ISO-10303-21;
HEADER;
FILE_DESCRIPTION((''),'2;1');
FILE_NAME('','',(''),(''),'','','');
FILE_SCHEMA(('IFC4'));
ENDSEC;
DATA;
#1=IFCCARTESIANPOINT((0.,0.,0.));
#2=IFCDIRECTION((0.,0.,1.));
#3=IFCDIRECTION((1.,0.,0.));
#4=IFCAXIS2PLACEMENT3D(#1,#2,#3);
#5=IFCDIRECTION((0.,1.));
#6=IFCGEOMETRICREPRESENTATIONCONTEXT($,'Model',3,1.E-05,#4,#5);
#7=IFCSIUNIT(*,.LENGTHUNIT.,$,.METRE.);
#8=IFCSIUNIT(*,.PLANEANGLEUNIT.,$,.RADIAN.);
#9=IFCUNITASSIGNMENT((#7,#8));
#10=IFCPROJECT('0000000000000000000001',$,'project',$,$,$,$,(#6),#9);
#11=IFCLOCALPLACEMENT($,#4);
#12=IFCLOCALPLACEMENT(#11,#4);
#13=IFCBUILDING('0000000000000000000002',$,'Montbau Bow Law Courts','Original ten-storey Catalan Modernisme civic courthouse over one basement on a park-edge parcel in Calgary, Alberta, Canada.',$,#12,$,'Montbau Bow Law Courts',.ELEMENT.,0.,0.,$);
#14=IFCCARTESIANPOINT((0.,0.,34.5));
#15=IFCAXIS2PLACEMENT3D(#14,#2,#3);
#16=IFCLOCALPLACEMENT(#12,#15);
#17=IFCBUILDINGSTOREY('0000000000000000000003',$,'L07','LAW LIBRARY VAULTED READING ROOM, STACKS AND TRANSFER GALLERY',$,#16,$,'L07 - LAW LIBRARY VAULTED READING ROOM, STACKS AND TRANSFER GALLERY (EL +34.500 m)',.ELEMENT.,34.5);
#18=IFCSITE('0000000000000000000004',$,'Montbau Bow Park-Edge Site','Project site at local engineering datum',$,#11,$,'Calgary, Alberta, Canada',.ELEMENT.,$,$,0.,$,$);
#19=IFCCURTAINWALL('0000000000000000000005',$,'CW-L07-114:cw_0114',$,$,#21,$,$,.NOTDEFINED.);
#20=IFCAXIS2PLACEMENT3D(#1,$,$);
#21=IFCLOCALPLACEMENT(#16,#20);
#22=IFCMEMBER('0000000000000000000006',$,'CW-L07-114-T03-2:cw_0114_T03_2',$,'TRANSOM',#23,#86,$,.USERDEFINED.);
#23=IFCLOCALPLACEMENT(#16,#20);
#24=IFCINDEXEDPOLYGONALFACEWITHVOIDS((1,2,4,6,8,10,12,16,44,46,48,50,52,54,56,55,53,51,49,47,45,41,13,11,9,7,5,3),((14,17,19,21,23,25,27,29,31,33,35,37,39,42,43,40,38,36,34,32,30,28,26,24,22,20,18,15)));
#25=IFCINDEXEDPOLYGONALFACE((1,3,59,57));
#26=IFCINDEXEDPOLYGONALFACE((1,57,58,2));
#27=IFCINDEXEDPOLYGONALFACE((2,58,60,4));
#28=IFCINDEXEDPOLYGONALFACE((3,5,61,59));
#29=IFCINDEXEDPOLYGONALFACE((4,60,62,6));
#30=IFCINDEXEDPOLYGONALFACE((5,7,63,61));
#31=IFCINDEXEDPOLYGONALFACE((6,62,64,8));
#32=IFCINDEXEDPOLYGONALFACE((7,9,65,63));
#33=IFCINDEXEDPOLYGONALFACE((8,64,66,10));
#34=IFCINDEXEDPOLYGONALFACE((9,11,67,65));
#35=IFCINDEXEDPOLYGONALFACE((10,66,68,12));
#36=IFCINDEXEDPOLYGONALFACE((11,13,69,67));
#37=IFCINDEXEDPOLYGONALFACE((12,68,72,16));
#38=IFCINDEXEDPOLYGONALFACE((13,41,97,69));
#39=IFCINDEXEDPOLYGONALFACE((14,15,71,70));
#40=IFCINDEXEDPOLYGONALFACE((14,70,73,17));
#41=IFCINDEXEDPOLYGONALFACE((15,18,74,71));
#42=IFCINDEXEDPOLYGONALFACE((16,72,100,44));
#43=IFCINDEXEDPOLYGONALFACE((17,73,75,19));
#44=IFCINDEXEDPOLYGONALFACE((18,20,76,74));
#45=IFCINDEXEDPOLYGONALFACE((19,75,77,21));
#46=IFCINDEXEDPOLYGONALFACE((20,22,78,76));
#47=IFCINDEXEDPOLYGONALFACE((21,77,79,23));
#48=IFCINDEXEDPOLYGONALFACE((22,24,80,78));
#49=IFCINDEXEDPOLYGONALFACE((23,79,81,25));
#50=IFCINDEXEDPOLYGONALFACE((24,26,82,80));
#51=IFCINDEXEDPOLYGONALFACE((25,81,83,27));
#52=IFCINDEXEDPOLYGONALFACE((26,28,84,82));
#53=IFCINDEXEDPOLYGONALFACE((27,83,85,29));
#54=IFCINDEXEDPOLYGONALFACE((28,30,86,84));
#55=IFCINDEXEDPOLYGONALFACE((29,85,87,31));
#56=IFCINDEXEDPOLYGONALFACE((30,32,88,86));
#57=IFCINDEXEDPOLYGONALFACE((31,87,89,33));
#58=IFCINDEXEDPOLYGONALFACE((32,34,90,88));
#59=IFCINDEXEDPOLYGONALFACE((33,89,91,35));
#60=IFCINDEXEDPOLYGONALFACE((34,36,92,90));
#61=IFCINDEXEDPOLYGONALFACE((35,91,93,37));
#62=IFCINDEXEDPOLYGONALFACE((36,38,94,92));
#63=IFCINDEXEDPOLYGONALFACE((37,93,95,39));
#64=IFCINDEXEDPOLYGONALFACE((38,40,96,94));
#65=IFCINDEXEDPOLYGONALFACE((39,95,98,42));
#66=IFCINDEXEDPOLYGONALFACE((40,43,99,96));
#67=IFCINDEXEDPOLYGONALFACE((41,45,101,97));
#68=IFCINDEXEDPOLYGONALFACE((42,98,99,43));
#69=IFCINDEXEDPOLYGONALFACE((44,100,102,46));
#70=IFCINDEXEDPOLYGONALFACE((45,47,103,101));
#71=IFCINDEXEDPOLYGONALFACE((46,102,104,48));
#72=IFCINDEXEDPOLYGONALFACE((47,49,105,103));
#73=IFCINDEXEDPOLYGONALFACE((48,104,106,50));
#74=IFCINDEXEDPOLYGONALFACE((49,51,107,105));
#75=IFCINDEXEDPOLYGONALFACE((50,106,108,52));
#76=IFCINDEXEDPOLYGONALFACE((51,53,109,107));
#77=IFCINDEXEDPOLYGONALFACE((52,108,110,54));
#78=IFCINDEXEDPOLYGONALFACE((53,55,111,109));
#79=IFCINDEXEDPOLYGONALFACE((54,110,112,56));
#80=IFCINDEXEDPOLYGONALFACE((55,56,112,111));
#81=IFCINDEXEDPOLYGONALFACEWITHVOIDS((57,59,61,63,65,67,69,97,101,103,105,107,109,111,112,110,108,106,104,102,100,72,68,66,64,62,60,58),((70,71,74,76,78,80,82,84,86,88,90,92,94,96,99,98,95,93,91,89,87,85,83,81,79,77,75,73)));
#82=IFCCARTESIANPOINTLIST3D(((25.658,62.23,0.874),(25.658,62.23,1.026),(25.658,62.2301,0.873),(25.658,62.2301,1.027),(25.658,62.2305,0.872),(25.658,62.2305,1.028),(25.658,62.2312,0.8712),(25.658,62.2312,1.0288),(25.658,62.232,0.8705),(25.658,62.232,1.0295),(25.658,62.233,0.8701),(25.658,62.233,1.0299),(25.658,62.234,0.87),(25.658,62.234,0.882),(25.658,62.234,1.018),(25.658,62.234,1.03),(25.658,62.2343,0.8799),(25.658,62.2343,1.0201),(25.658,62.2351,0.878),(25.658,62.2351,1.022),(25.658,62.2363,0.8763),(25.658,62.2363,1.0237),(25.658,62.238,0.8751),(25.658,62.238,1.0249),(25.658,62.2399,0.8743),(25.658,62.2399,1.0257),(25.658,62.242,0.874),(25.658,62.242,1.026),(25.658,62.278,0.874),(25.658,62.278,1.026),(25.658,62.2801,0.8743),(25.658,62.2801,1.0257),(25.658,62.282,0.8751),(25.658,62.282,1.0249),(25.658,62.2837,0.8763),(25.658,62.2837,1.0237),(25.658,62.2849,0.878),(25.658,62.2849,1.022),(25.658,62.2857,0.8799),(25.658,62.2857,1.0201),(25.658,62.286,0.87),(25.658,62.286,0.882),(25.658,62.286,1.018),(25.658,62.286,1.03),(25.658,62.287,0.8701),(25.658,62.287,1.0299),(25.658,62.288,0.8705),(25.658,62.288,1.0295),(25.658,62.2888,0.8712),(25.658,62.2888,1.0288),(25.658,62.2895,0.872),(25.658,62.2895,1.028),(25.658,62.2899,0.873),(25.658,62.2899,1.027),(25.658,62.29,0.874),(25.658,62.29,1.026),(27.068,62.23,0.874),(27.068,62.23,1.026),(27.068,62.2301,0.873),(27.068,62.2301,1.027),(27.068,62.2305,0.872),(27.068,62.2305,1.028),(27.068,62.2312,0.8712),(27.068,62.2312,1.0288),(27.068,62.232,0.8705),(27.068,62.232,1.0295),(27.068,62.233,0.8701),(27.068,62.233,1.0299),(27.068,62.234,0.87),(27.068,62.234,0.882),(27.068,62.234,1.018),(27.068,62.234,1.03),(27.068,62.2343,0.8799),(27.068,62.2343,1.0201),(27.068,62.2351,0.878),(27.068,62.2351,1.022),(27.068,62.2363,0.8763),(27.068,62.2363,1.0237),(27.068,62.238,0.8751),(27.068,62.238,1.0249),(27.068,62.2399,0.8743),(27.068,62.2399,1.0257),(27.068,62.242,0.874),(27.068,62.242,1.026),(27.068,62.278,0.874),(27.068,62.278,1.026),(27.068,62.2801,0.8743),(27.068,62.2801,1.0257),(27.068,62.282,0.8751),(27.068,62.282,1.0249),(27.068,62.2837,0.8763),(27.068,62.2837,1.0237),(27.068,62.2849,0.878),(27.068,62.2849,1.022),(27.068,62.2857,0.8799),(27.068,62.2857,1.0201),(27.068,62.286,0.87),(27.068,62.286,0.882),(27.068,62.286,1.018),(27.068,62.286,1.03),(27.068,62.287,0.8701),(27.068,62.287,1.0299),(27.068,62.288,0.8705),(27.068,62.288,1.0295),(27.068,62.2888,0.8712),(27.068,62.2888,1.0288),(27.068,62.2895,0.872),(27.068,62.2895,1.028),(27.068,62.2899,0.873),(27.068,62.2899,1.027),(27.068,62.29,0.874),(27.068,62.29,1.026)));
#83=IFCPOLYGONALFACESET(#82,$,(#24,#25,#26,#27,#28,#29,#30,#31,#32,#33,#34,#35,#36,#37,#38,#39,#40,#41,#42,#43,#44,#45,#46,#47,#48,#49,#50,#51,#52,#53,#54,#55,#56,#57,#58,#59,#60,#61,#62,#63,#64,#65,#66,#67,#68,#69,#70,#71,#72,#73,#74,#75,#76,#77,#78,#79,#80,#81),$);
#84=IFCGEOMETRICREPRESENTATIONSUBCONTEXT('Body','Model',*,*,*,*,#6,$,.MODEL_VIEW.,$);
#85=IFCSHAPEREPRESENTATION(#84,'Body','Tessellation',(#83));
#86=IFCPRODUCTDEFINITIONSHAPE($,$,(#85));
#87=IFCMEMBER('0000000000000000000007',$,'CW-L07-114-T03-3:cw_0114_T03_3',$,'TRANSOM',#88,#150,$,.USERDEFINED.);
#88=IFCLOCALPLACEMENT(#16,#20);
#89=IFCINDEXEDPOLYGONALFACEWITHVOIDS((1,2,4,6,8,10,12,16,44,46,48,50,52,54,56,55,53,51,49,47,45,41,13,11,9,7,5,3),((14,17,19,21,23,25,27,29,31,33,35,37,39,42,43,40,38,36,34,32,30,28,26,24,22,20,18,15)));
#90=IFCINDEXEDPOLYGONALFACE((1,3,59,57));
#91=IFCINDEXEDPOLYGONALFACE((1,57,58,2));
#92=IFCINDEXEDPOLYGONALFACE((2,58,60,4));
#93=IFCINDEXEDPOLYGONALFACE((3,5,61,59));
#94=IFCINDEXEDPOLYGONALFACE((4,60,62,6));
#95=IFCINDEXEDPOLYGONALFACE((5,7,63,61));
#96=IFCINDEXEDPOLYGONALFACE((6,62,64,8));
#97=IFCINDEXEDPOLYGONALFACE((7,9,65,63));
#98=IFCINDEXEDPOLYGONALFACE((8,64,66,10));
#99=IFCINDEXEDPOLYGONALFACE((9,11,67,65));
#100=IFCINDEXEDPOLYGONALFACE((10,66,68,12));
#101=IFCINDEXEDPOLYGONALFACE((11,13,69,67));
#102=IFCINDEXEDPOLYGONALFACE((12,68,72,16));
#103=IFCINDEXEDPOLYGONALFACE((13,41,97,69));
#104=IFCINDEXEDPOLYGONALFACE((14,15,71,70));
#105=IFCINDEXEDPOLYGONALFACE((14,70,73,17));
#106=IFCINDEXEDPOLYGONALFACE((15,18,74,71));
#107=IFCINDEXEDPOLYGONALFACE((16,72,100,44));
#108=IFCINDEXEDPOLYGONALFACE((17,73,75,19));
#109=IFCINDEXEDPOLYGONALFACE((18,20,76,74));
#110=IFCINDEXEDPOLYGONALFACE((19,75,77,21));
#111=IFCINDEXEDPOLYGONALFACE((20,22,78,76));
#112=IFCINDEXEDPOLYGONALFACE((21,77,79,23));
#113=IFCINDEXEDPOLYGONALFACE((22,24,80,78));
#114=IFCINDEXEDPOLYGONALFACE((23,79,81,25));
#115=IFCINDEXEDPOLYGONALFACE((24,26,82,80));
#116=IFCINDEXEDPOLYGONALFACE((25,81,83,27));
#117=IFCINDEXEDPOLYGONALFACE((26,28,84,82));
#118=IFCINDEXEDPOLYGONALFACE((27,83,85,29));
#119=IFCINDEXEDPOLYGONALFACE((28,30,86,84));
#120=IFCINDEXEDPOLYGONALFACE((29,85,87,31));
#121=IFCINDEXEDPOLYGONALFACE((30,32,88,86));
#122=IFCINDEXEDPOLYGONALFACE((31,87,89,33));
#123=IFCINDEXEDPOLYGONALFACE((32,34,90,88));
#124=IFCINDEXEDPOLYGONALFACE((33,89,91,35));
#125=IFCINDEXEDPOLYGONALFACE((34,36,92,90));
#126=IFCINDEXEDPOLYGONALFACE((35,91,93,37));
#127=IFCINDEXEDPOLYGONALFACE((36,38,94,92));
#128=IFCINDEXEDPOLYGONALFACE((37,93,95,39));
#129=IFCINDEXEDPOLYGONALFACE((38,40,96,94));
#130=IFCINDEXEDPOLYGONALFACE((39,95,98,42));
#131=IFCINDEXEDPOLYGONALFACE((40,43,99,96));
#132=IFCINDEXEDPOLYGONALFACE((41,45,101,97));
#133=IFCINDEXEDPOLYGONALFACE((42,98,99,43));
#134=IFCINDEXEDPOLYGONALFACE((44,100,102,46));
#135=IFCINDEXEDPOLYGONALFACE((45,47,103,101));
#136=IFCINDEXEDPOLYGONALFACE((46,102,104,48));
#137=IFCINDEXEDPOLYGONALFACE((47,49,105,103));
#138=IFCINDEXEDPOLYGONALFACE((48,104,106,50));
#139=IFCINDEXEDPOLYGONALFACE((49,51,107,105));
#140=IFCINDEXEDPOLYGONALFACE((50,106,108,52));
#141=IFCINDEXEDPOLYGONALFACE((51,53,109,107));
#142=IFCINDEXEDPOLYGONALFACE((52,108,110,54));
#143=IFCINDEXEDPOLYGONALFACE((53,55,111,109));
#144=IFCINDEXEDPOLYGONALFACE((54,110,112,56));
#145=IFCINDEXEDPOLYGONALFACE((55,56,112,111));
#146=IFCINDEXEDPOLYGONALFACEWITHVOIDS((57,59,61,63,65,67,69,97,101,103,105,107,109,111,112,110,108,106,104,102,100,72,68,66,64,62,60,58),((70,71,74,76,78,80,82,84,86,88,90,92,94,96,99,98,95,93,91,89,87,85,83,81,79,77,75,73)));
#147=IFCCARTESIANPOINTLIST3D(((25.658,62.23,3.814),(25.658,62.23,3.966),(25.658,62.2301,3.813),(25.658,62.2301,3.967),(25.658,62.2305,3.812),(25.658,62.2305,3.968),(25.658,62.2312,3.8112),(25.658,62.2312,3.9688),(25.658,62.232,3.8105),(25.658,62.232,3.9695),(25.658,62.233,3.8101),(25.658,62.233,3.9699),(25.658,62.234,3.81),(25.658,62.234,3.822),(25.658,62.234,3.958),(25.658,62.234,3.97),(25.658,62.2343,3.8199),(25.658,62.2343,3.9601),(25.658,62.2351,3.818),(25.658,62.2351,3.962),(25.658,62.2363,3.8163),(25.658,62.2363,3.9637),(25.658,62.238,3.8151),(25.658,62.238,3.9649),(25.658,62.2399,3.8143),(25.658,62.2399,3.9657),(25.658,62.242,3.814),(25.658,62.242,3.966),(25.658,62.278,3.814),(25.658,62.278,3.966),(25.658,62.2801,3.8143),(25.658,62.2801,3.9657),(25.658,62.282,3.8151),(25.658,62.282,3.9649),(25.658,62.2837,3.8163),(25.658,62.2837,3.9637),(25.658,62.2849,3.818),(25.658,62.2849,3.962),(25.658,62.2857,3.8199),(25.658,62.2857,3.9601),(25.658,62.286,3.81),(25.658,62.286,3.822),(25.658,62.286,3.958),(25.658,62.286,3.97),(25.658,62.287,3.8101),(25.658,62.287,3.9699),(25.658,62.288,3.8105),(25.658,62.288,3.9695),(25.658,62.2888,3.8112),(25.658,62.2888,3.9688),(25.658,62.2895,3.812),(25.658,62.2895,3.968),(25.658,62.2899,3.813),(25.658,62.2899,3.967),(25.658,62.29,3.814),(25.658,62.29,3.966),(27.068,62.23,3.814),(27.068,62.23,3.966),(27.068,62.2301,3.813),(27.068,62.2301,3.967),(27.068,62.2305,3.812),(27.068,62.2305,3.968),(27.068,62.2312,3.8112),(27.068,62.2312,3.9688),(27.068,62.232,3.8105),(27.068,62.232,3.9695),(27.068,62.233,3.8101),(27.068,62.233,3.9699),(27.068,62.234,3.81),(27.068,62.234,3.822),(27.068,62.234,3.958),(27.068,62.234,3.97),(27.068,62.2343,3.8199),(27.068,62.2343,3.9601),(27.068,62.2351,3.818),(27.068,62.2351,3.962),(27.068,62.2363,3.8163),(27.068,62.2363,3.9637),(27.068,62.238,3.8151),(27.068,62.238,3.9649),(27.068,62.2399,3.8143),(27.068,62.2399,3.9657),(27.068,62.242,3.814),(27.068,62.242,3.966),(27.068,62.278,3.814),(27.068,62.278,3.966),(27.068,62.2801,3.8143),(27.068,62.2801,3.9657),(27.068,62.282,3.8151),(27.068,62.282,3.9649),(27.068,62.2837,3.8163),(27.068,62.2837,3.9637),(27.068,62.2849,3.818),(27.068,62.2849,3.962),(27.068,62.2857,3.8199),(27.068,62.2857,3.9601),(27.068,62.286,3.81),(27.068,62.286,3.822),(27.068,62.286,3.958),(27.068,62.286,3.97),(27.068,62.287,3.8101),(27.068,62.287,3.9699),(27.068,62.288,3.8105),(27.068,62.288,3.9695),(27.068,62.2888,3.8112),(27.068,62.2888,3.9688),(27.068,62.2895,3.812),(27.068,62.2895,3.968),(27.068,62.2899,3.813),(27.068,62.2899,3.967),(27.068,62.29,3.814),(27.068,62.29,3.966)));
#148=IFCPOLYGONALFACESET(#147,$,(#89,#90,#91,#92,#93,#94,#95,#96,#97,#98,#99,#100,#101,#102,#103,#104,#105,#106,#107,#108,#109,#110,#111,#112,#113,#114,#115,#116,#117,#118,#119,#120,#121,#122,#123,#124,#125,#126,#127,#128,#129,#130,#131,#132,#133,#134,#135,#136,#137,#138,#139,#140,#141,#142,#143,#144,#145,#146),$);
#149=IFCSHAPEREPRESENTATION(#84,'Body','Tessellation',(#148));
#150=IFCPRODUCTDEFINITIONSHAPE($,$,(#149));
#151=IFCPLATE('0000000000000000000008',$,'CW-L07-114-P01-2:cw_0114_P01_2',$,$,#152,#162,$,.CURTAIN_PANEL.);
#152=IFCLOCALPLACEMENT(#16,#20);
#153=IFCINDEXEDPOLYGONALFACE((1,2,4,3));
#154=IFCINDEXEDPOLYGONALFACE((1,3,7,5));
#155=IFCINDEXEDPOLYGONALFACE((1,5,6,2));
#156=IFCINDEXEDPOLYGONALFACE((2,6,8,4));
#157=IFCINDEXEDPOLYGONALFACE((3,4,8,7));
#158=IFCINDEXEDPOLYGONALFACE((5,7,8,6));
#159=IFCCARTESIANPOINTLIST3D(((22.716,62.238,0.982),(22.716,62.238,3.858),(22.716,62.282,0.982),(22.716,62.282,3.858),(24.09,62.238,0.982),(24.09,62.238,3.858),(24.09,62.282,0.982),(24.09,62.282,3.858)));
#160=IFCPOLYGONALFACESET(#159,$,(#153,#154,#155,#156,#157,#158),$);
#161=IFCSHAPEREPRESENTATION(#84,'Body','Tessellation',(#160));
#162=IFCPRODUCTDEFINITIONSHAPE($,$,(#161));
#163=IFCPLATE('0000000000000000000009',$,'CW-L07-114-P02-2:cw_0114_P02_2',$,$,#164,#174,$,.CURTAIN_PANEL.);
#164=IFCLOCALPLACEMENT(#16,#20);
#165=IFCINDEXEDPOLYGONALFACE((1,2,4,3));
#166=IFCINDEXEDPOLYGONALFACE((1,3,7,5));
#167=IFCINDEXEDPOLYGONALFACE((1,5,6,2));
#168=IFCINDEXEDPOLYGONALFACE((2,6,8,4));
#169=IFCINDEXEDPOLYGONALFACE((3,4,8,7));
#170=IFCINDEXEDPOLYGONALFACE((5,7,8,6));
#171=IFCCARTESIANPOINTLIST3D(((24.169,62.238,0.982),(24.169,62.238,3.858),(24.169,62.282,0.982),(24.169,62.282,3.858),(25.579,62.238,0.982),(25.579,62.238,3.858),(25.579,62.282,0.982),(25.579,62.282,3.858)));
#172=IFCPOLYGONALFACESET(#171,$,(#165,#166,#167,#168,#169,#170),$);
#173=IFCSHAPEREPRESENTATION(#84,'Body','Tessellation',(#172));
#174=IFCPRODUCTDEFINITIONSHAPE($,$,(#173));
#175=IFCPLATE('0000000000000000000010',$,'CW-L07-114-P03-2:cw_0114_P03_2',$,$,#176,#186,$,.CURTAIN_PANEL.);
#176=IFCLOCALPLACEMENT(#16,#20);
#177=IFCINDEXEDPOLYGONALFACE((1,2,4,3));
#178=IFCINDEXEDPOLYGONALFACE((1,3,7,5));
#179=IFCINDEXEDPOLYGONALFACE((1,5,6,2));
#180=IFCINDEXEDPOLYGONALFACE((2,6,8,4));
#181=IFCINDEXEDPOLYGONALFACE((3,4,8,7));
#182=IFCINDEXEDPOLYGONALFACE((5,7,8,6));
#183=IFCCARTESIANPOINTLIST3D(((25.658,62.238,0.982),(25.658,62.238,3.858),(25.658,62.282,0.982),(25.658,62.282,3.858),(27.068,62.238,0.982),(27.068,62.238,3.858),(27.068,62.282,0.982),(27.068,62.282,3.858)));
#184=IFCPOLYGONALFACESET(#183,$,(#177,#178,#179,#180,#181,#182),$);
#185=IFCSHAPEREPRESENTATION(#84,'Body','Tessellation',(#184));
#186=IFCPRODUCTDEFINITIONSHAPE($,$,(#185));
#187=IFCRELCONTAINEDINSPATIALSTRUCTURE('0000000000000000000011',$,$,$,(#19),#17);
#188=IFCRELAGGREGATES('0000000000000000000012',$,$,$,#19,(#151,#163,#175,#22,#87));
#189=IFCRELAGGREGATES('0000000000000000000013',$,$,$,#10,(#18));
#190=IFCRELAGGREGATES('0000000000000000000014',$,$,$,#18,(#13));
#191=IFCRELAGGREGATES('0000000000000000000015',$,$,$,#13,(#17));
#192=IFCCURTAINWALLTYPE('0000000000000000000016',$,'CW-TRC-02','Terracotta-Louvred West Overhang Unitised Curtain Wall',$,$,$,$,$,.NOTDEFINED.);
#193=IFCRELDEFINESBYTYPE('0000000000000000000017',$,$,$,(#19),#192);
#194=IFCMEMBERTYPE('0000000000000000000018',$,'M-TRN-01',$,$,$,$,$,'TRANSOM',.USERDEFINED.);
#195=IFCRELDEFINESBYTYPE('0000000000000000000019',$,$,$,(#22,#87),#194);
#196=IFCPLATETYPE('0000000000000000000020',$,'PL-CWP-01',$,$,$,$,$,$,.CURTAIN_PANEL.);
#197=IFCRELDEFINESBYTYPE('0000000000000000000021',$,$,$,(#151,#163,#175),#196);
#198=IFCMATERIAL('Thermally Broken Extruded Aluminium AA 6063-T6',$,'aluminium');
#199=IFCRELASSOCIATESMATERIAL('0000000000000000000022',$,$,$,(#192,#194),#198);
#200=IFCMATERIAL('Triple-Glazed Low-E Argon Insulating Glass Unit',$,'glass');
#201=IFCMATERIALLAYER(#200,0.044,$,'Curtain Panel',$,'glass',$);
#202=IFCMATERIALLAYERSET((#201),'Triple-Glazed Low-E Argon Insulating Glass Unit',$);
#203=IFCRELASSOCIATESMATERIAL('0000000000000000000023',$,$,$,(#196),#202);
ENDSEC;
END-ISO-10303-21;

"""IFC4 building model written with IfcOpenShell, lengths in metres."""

from ifc_helpers import new_model, si_unit, direction, frame, frame_2d, origin_with_axes, origin_2d_with_axis, place, context, subcontext, project, spatial, rectangle, hollow_rectangle, extrude, material, layer, layer_set, material_profile, profile_set, type_object, element, aggregate, save


model = new_model("IFC4")

# Units and contexts
model_context = context("Model", 3, precision=1e-05, world=origin_with_axes(), true_north=direction((0.0, 1.0)))
body_context = subcontext(model_context, "Body", "Model", "MODEL_VIEW")
ifc_project = project(units=[si_unit("LENGTHUNIT", "METRE"), si_unit("PLANEANGLEUNIT", "RADIAN")], contexts=[model_context])

# Site, building, storey
site_placement = place(None, origin_with_axes())
site = spatial("IfcSite", under=ifc_project, at=site_placement, Name="Montbau Bow Park-Edge Site", Description="Project site at local engineering datum", LongName="Calgary, Alberta, Canada", CompositionType="ELEMENT", RefElevation=0.0)
building_placement = place(site_placement, origin_with_axes())
building = spatial("IfcBuilding", under=site, at=building_placement, Name="Montbau Bow Law Courts", Description="Original ten-storey Catalan Modernisme civic courthouse over one basement on a park-edge parcel in Calgary, Alberta, Canada.", LongName="Montbau Bow Law Courts", CompositionType="ELEMENT", ElevationOfRefHeight=0.0, ElevationOfTerrain=0.0)
storey_placement = place(building_placement, frame((0.0, 0.0, 34.5), z_axis=(0.0, 0.0, 1.0), x_axis=(1.0, 0.0, 0.0)))
storey = spatial("IfcBuildingStorey", under=building, at=storey_placement, Name="L07", Description="LAW LIBRARY VAULTED READING ROOM, STACKS AND TRANSFER GALLERY", LongName="L07 - LAW LIBRARY VAULTED READING ROOM, STACKS AND TRANSFER GALLERY (EL +34.500 m)", CompositionType="ELEMENT", Elevation=34.5)

# Curtain wall, members, plates
ifc_material_1 = material(Name="Thermally Broken Extruded Aluminium AA 6063-T6", Category="aluminium")
curtain_wall_type = type_object("IfcCurtainWallType", Name="CW-TRC-02", Description="Terracotta-Louvred West Overhang Unitised Curtain Wall", PredefinedType="NOTDEFINED", material=ifc_material_1)
curtain_wall_placement = place(None, frame((22.64, 62.26, 34.5), z_axis=(0.0, 0.0, 1.0), x_axis=(1.0, 0.0, 0.0)))
curtain_wall = element("IfcCurtainWall", 1, at=curtain_wall_placement, inside=storey, type_object=curtain_wall_type, Name="CW-L07-114:cw_0114", PredefinedType="NOTDEFINED")
ifc_material_profile_1 = material_profile(ifc_material_1, hollow_rectangle(XDim=0.06, YDim=0.16, WallThickness=0.004, InnerFilletRadius=0.008, OuterFilletRadius=0.004, at=origin_2d_with_axis()), Name="CWT-160X60", Category="Main", Priority=0)
ifc_profile_set_1 = profile_set([ifc_material_profile_1], Name="Thermally Broken Extruded Aluminium AA 6063-T6")
member_type_1 = type_object("IfcMemberType", Name="M-TRN-01", ElementType="TRANSOM", PredefinedType="USERDEFINED", material=ifc_profile_set_1)
member_1_placement = place(None, frame((25.658, 62.26, 35.45), z_axis=(1.0, 0.0, 0.0), x_axis=(0.0, 1.0, 0.0)))
member_1 = element("IfcMember", 2, at=member_1_placement, type_object=member_type_1, Name="CW-L07-114-T03-2:cw_0114_T03_2", ObjectType="TRANSOM", PredefinedType="USERDEFINED", context=body_context, shape_type="SweptSolid", body=[
    extrude(hollow_rectangle(XDim=0.06, YDim=0.16, WallThickness=0.004, InnerFilletRadius=0.008, OuterFilletRadius=0.004, at=origin_2d_with_axis()), origin_with_axes(), (0.0, 0.0, 1.0), 1.41),
])
member_2_placement = place(None, frame((25.658, 62.26, 38.39), z_axis=(1.0, 0.0, 0.0), x_axis=(0.0, 1.0, 0.0)))
member_2 = element("IfcMember", 3, at=member_2_placement, type_object=member_type_1, Name="CW-L07-114-T03-3:cw_0114_T03_3", ObjectType="TRANSOM", PredefinedType="USERDEFINED", context=body_context, shape_type="SweptSolid", body=[
    extrude(hollow_rectangle(XDim=0.06, YDim=0.16, WallThickness=0.004, InnerFilletRadius=0.008, OuterFilletRadius=0.004, at=origin_2d_with_axis()), origin_with_axes(), (0.0, 0.0, 1.0), 1.41),
])
ifc_material_2 = material(Name="Triple-Glazed Low-E Argon Insulating Glass Unit", Category="glass")
ifc_layer_1 = layer(ifc_material_2, 0.044, Name="Curtain Panel", Category="glass")
ifc_layer_set_1 = layer_set([ifc_layer_1], Name="Triple-Glazed Low-E Argon Insulating Glass Unit")
plate_type_1 = type_object("IfcPlateType", Name="PL-CWP-01", PredefinedType="CURTAIN_PANEL", material=ifc_layer_set_1)
plate_1_placement = place(None, frame((22.716, 62.26, 35.482), z_axis=(0.0, -1.0, 0.0), x_axis=(1.0, 0.0, 0.0)))
plate_1 = element("IfcPlate", 4, at=plate_1_placement, type_object=plate_type_1, Name="CW-L07-114-P01-2:cw_0114_P01_2", PredefinedType="CURTAIN_PANEL", context=body_context, shape_type="SweptSolid", body=[
    extrude(rectangle(XDim=1.374, YDim=2.876, at=frame_2d((0.687, 1.438), x_axis=(1.0, 0.0))), frame((0.0, 0.0, -0.022), z_axis=(0.0, 0.0, 1.0), x_axis=(1.0, 0.0, 0.0)), (0.0, 0.0, 1.0), 0.044),
])
plate_2_placement = place(None, frame((24.169, 62.26, 35.482), z_axis=(0.0, -1.0, 0.0), x_axis=(1.0, 0.0, 0.0)))
plate_2 = element("IfcPlate", 5, at=plate_2_placement, type_object=plate_type_1, Name="CW-L07-114-P02-2:cw_0114_P02_2", PredefinedType="CURTAIN_PANEL", context=body_context, shape_type="SweptSolid", body=[
    extrude(rectangle(XDim=1.41, YDim=2.876, at=frame_2d((0.705, 1.438), x_axis=(1.0, 0.0))), frame((0.0, 0.0, -0.022), z_axis=(0.0, 0.0, 1.0), x_axis=(1.0, 0.0, 0.0)), (0.0, 0.0, 1.0), 0.044),
])
plate_3_placement = place(None, frame((25.658, 62.26, 35.482), z_axis=(0.0, -1.0, 0.0), x_axis=(1.0, 0.0, 0.0)))
plate_3 = element("IfcPlate", 6, at=plate_3_placement, type_object=plate_type_1, Name="CW-L07-114-P03-2:cw_0114_P03_2", PredefinedType="CURTAIN_PANEL", context=body_context, shape_type="SweptSolid", body=[
    extrude(rectangle(XDim=1.41, YDim=2.876, at=frame_2d((0.705, 1.438), x_axis=(1.0, 0.0))), frame((0.0, 0.0, -0.022), z_axis=(0.0, 0.0, 1.0), x_axis=(1.0, 0.0, 0.0)), (0.0, 0.0, 1.0), 0.044),
])
aggregate(curtain_wall, [plate_1, plate_2, plate_3, member_1, member_2])

save(model, "model.ifc")
